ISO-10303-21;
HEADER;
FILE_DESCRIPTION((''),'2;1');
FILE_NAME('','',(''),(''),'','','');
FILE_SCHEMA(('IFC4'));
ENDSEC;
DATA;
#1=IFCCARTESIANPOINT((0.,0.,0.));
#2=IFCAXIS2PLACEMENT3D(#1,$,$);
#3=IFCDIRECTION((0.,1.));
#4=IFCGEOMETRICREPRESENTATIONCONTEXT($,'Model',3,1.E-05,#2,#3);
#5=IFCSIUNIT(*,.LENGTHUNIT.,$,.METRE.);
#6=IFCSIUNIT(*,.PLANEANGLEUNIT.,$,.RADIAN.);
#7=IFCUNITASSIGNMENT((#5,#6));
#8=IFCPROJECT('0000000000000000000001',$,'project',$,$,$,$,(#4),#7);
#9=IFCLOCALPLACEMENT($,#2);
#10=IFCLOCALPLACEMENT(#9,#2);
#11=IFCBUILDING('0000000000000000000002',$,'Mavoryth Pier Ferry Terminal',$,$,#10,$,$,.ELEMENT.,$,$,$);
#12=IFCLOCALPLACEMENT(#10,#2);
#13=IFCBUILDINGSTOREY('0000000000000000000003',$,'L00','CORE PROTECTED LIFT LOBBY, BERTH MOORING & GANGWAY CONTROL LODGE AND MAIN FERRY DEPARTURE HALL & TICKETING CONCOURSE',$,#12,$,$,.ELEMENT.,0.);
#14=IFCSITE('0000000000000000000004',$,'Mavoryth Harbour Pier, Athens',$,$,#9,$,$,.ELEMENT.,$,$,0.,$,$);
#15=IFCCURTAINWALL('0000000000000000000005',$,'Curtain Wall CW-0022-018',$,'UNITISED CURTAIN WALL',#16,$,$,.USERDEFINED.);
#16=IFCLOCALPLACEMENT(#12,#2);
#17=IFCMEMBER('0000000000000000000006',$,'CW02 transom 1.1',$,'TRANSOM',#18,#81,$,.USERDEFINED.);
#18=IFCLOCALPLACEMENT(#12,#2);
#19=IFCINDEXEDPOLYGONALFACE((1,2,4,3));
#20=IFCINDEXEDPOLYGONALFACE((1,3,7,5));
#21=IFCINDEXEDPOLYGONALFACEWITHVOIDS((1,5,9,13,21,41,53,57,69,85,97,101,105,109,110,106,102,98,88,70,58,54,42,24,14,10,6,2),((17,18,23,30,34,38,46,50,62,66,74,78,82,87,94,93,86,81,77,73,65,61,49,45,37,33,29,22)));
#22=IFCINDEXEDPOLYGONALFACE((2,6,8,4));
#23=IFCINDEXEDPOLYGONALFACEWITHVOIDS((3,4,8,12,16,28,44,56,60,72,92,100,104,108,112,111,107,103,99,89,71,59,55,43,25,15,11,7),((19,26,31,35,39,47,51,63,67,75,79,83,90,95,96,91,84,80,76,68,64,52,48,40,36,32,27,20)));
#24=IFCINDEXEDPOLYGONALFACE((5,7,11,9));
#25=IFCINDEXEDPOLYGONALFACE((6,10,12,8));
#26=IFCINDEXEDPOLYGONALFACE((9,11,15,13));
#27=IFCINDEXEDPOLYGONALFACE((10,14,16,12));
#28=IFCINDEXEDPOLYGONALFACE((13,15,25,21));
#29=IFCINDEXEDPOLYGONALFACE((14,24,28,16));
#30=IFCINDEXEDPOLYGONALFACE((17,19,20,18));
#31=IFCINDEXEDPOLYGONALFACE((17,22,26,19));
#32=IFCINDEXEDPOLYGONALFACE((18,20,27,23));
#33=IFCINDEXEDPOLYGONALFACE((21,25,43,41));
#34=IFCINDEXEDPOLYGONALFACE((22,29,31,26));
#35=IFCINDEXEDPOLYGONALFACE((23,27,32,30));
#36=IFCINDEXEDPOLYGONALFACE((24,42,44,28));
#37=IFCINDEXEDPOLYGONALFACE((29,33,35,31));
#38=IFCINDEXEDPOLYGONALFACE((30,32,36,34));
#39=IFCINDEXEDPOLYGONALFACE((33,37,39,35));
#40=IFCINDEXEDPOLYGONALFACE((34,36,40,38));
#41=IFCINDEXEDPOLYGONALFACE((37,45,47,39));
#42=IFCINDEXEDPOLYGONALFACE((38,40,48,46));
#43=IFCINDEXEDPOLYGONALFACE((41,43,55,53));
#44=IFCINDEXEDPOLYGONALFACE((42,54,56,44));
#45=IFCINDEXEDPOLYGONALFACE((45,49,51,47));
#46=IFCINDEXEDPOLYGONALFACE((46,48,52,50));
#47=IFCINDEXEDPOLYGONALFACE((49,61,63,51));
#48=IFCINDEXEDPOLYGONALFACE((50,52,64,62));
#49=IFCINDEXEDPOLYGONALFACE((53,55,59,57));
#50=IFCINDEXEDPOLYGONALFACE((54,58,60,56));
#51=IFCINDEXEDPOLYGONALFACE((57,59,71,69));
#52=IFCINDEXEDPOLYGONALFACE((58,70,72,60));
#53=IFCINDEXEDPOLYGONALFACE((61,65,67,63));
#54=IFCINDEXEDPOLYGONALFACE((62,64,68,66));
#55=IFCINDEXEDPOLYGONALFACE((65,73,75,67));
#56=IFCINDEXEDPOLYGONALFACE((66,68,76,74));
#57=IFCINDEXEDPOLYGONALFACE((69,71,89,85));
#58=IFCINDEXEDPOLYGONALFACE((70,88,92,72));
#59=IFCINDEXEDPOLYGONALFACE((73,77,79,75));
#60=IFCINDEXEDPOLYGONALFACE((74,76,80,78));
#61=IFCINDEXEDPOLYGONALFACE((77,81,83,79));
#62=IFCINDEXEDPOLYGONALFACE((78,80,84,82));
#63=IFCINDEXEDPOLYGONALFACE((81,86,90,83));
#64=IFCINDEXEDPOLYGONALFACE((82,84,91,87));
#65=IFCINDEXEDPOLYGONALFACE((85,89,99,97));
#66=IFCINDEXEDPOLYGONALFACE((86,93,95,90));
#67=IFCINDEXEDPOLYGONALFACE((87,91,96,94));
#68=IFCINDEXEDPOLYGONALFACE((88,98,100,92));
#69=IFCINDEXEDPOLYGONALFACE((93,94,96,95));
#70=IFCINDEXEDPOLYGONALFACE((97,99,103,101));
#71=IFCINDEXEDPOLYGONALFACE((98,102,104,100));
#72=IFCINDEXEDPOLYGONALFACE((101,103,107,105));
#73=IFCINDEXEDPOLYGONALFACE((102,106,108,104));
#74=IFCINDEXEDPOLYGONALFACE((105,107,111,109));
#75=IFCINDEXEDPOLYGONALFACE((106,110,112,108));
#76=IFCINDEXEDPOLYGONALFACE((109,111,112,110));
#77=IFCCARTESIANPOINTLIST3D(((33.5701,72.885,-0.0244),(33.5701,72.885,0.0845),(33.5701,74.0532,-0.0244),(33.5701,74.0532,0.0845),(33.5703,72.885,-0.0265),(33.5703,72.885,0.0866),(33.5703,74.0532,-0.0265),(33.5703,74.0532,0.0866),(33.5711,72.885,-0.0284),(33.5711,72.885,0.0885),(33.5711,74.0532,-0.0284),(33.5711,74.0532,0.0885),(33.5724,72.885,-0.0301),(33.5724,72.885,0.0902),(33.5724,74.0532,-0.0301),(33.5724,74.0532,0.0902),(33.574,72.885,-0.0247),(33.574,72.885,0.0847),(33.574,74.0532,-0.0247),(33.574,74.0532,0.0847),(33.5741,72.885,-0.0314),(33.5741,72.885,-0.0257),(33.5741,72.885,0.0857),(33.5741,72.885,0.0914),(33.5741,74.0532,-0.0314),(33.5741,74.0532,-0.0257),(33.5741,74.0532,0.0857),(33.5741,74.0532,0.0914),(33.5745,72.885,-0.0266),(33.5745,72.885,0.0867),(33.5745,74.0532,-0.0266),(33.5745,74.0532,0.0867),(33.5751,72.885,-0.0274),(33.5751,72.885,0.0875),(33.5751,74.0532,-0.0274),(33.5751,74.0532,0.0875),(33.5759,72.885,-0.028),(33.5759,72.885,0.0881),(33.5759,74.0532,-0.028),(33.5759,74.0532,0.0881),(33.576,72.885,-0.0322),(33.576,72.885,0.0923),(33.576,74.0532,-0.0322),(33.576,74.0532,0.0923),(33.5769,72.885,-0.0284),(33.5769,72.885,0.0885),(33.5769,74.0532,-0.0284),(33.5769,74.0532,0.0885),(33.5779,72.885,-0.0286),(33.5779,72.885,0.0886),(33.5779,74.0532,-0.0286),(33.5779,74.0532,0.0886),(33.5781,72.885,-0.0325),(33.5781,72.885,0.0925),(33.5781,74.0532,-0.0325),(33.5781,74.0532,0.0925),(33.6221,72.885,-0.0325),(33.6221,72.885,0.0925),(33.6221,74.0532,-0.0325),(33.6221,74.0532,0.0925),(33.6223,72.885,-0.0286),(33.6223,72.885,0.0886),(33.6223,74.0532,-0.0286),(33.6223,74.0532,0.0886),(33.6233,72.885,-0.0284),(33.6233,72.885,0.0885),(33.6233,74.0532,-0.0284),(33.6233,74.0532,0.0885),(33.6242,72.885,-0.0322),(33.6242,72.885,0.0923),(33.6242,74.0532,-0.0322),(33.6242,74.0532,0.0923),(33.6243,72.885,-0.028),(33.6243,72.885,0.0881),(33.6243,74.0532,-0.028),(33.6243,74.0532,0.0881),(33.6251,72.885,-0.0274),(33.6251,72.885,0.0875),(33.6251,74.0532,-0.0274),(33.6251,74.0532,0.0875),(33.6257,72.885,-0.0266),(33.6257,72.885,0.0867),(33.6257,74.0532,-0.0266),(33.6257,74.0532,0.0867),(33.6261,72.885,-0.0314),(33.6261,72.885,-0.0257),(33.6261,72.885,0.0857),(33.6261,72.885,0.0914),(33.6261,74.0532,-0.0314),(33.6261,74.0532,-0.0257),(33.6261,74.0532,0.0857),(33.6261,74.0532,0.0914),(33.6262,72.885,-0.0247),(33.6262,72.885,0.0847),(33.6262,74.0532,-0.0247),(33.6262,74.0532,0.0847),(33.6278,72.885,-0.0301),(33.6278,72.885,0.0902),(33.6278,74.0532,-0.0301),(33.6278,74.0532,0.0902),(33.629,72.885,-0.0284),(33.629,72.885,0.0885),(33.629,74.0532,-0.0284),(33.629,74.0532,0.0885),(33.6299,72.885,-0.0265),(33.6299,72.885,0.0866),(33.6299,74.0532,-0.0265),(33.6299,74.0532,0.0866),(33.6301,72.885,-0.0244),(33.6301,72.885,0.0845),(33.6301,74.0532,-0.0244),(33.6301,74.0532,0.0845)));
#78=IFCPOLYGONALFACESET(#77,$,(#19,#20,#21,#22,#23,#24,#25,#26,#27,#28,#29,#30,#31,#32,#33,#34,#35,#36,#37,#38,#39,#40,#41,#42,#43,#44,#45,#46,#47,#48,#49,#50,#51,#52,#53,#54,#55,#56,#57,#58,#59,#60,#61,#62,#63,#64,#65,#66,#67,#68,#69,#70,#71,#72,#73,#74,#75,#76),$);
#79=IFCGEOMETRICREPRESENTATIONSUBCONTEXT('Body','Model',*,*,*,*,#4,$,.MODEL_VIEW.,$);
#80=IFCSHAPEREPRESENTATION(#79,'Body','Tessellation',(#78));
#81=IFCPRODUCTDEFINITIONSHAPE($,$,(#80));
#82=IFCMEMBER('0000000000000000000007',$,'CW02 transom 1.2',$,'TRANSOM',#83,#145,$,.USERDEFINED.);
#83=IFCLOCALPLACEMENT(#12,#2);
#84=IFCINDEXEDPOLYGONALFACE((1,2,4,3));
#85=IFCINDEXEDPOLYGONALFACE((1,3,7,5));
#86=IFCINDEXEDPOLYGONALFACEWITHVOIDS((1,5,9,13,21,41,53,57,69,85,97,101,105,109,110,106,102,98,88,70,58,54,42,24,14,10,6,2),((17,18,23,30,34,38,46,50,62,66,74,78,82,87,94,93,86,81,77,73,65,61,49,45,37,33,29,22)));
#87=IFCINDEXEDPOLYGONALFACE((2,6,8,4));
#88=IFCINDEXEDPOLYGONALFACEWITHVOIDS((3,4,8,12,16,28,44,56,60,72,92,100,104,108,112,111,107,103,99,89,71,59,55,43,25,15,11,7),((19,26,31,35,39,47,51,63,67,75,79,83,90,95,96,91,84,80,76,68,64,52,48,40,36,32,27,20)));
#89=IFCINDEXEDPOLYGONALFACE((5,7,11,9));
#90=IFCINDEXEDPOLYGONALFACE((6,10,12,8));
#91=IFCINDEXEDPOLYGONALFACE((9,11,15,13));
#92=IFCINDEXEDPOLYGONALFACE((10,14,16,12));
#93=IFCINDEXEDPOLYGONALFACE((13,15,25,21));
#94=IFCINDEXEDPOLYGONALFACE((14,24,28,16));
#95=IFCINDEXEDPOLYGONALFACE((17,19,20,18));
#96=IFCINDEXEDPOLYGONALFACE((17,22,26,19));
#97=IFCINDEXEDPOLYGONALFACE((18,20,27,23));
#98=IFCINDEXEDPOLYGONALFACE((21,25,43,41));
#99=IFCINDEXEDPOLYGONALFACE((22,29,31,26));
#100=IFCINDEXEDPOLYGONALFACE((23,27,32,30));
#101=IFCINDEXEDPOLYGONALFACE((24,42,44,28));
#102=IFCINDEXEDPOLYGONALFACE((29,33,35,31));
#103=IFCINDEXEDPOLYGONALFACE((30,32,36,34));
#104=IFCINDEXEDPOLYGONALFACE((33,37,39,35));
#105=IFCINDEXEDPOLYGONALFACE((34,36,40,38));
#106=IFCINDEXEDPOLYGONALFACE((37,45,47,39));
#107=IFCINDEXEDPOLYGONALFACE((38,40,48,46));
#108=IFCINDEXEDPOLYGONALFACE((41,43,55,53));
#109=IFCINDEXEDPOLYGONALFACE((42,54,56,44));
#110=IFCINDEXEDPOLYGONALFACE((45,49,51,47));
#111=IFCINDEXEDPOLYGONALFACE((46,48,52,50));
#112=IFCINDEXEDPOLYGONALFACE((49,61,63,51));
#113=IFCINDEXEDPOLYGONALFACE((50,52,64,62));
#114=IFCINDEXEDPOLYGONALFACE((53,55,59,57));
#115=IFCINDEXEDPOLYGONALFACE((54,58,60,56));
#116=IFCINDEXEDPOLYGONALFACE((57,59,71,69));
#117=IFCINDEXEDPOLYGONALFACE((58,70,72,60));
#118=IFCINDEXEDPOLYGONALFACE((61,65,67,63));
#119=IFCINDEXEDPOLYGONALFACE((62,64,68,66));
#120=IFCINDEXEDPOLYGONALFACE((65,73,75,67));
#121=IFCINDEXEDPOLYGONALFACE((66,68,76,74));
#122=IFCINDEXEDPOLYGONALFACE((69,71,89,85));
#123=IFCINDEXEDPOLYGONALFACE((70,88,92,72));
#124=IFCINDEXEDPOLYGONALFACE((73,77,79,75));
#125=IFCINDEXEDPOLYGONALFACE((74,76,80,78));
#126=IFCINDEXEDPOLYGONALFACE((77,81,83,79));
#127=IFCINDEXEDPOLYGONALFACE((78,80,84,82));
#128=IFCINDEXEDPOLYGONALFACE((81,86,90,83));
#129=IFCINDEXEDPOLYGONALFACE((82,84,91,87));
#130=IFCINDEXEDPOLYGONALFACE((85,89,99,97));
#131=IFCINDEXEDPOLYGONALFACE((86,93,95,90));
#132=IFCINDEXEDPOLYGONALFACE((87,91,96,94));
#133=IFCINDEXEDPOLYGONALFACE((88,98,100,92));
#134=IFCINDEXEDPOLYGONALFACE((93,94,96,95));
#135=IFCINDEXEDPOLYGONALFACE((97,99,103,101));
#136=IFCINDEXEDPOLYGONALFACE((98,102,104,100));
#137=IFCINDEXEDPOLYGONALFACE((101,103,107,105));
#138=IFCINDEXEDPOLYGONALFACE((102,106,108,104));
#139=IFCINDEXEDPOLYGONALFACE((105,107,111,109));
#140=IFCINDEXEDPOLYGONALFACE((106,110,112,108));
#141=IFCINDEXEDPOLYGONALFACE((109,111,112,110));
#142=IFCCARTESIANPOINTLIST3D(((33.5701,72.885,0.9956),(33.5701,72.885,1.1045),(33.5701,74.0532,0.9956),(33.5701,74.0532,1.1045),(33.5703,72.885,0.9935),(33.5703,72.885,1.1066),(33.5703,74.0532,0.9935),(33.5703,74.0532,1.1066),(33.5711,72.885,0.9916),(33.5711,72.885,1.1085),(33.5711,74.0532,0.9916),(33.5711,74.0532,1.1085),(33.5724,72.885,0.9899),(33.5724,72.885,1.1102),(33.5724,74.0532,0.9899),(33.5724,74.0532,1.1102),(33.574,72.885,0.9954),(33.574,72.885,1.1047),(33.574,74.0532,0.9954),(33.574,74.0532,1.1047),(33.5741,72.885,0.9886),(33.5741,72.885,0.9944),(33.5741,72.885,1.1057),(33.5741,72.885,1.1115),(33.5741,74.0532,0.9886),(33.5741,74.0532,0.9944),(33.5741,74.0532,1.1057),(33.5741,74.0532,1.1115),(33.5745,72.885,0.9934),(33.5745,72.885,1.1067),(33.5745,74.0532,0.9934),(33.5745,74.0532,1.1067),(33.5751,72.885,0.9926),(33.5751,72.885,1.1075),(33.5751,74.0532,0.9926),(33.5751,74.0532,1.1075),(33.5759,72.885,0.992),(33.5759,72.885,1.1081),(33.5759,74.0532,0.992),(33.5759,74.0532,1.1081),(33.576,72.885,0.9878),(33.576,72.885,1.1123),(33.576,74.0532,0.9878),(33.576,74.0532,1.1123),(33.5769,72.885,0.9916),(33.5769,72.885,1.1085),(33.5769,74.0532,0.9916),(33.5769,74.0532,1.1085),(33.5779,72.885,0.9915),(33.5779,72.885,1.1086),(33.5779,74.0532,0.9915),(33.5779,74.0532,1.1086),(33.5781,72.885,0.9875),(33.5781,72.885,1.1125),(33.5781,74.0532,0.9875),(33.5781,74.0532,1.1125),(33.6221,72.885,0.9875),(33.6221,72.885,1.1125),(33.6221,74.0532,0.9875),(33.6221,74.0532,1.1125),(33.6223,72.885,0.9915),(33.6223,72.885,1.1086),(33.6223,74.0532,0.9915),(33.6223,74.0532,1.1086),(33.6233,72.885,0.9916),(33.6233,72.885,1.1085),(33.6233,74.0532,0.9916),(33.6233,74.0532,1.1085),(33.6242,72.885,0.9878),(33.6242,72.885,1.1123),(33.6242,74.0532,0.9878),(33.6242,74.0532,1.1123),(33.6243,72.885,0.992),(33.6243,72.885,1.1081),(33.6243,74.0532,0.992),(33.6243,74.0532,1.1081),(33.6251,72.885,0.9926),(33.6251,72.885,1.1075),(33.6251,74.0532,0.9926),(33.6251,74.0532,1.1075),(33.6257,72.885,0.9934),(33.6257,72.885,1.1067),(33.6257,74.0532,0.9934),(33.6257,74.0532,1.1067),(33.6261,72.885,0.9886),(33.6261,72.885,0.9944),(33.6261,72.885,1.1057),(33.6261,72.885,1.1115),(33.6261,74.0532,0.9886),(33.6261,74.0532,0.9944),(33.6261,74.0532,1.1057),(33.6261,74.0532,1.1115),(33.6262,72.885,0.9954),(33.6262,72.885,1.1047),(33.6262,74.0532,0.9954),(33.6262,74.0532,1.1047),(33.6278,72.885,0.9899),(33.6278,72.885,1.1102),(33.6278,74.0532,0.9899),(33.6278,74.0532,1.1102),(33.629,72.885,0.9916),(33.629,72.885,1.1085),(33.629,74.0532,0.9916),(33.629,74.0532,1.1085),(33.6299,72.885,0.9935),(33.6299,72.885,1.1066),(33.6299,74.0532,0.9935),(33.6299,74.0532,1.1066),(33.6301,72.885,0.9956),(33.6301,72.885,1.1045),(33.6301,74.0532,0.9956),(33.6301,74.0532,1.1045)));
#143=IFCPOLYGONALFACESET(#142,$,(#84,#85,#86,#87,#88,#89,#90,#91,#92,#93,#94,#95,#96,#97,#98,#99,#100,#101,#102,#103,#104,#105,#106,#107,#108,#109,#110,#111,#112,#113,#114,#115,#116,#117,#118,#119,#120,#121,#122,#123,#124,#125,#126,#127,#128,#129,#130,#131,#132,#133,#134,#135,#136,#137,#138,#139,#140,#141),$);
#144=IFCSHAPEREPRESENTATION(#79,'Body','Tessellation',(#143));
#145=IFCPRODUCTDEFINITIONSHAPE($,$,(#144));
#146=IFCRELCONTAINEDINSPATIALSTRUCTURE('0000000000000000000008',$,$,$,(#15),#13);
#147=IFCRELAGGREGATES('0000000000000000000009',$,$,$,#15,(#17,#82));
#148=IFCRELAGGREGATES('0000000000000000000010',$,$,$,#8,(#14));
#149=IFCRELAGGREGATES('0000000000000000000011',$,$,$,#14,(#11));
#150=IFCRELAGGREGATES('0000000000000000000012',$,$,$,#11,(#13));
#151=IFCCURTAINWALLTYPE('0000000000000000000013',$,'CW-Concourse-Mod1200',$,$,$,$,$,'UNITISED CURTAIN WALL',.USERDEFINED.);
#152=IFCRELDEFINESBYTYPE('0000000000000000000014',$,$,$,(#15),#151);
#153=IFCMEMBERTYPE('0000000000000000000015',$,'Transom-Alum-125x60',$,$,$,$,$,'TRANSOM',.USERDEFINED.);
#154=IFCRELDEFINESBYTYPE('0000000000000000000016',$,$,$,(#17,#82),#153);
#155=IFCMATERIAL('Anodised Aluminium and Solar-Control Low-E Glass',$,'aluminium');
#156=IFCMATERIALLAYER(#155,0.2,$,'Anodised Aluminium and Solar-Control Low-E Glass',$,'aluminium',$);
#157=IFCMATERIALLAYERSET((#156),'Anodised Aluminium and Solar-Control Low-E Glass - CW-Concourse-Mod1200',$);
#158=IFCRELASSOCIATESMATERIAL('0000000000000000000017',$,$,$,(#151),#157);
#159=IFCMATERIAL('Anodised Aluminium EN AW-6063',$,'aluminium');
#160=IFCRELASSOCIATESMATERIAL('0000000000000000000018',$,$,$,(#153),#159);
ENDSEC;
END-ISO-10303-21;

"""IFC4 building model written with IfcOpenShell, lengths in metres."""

from ifc_helpers import new_model, si_unit, direction, frame, origin, origin_2d, place, context, subcontext, project, spatial, hollow_rectangle, extrude, material, layer, layer_set, material_profile, profile_set, type_object, element, aggregate, save


model = new_model("IFC4")

# Units and contexts
model_context = context("Model", 3, precision=1e-05, world=origin(), true_north=direction((0.0, 1.0)))
body_context = subcontext(model_context, "Body", "Model", "MODEL_VIEW")
ifc_project = project(units=[si_unit("LENGTHUNIT", "METRE"), si_unit("PLANEANGLEUNIT", "RADIAN")], contexts=[model_context])

# Site, building, storey
site_placement = place(None, origin())
site = spatial("IfcSite", under=ifc_project, at=site_placement, Name="Mavoryth Harbour Pier, Athens", CompositionType="ELEMENT", RefElevation=0.0)
building_placement = place(site_placement, origin())
building = spatial("IfcBuilding", under=site, at=building_placement, Name="Mavoryth Pier Ferry Terminal", CompositionType="ELEMENT")
storey_placement = place(building_placement, origin())
storey = spatial("IfcBuildingStorey", under=building, at=storey_placement, Name="L00", Description="CORE PROTECTED LIFT LOBBY, BERTH MOORING & GANGWAY CONTROL LODGE AND MAIN FERRY DEPARTURE HALL & TICKETING CONCOURSE", CompositionType="ELEMENT", Elevation=0.0)

# Curtain wall, members
ifc_material_1 = material(Name="Anodised Aluminium and Solar-Control Low-E Glass", Category="aluminium")
ifc_layer_1 = layer(ifc_material_1, 0.2, Name="Anodised Aluminium and Solar-Control Low-E Glass", Category="aluminium")
ifc_layer_set_1 = layer_set([ifc_layer_1], Name="Anodised Aluminium and Solar-Control Low-E Glass - CW-Concourse-Mod1200")
curtain_wall_type = type_object("IfcCurtainWallType", Name="CW-Concourse-Mod1200", ElementType="UNITISED CURTAIN WALL", PredefinedType="USERDEFINED", material=ifc_layer_set_1)
curtain_wall_placement = place(storey_placement, origin())
curtain_wall = element("IfcCurtainWall", 1, at=curtain_wall_placement, inside=storey, type_object=curtain_wall_type, Name="Curtain Wall CW-0022-018", ObjectType="UNITISED CURTAIN WALL", PredefinedType="USERDEFINED")
ifc_material_2 = material(Name="Anodised Aluminium EN AW-6063", Category="aluminium")
ifc_material_profile_1 = material_profile(ifc_material_2, hollow_rectangle(XDim=0.0601, YDim=0.125, WallThickness=0.0039, InnerFilletRadius=0.0039, OuterFilletRadius=0.0081, at=origin_2d()), Name="AL-TRAN 125x60x4", Category="aluminium")
ifc_profile_set_1 = profile_set([ifc_material_profile_1], Name="Anodised Aluminium EN AW-6063 - AL-TRAN 125x60x4")
member_type_1 = type_object("IfcMemberType", Name="Transom-Alum-125x60", ElementType="TRANSOM", PredefinedType="USERDEFINED", material=ifc_profile_set_1)
member_1_placement = place(storey_placement, frame((33.6001, 72.885, 0.03), z_axis=(0.0, 1.0, 0.0), x_axis=(-1.0, 0.0, 0.0)))
member_1 = element("IfcMember", 2, at=member_1_placement, type_object=member_type_1, Name="CW02 transom 1.1", ObjectType="TRANSOM", PredefinedType="USERDEFINED", context=body_context, shape_type="SweptSolid", body=[
    extrude(hollow_rectangle(XDim=0.0601, YDim=0.125, WallThickness=0.0039, InnerFilletRadius=0.0039, OuterFilletRadius=0.0081, at=origin_2d()), origin(), (0.0, 0.0, 1.0), 1.1682),
])
member_2_placement = place(storey_placement, frame((33.6001, 72.885, 1.05), z_axis=(0.0, 1.0, 0.0), x_axis=(-1.0, 0.0, 0.0)))
member_2 = element("IfcMember", 3, at=member_2_placement, type_object=member_type_1, Name="CW02 transom 1.2", ObjectType="TRANSOM", PredefinedType="USERDEFINED", context=body_context, shape_type="SweptSolid", body=[
    extrude(hollow_rectangle(XDim=0.0601, YDim=0.125, WallThickness=0.0039, InnerFilletRadius=0.0039, OuterFilletRadius=0.0081, at=origin_2d()), origin(), (0.0, 0.0, 1.0), 1.1682),
])
aggregate(curtain_wall, [member_1, member_2])

save(model, "model.ifc")
